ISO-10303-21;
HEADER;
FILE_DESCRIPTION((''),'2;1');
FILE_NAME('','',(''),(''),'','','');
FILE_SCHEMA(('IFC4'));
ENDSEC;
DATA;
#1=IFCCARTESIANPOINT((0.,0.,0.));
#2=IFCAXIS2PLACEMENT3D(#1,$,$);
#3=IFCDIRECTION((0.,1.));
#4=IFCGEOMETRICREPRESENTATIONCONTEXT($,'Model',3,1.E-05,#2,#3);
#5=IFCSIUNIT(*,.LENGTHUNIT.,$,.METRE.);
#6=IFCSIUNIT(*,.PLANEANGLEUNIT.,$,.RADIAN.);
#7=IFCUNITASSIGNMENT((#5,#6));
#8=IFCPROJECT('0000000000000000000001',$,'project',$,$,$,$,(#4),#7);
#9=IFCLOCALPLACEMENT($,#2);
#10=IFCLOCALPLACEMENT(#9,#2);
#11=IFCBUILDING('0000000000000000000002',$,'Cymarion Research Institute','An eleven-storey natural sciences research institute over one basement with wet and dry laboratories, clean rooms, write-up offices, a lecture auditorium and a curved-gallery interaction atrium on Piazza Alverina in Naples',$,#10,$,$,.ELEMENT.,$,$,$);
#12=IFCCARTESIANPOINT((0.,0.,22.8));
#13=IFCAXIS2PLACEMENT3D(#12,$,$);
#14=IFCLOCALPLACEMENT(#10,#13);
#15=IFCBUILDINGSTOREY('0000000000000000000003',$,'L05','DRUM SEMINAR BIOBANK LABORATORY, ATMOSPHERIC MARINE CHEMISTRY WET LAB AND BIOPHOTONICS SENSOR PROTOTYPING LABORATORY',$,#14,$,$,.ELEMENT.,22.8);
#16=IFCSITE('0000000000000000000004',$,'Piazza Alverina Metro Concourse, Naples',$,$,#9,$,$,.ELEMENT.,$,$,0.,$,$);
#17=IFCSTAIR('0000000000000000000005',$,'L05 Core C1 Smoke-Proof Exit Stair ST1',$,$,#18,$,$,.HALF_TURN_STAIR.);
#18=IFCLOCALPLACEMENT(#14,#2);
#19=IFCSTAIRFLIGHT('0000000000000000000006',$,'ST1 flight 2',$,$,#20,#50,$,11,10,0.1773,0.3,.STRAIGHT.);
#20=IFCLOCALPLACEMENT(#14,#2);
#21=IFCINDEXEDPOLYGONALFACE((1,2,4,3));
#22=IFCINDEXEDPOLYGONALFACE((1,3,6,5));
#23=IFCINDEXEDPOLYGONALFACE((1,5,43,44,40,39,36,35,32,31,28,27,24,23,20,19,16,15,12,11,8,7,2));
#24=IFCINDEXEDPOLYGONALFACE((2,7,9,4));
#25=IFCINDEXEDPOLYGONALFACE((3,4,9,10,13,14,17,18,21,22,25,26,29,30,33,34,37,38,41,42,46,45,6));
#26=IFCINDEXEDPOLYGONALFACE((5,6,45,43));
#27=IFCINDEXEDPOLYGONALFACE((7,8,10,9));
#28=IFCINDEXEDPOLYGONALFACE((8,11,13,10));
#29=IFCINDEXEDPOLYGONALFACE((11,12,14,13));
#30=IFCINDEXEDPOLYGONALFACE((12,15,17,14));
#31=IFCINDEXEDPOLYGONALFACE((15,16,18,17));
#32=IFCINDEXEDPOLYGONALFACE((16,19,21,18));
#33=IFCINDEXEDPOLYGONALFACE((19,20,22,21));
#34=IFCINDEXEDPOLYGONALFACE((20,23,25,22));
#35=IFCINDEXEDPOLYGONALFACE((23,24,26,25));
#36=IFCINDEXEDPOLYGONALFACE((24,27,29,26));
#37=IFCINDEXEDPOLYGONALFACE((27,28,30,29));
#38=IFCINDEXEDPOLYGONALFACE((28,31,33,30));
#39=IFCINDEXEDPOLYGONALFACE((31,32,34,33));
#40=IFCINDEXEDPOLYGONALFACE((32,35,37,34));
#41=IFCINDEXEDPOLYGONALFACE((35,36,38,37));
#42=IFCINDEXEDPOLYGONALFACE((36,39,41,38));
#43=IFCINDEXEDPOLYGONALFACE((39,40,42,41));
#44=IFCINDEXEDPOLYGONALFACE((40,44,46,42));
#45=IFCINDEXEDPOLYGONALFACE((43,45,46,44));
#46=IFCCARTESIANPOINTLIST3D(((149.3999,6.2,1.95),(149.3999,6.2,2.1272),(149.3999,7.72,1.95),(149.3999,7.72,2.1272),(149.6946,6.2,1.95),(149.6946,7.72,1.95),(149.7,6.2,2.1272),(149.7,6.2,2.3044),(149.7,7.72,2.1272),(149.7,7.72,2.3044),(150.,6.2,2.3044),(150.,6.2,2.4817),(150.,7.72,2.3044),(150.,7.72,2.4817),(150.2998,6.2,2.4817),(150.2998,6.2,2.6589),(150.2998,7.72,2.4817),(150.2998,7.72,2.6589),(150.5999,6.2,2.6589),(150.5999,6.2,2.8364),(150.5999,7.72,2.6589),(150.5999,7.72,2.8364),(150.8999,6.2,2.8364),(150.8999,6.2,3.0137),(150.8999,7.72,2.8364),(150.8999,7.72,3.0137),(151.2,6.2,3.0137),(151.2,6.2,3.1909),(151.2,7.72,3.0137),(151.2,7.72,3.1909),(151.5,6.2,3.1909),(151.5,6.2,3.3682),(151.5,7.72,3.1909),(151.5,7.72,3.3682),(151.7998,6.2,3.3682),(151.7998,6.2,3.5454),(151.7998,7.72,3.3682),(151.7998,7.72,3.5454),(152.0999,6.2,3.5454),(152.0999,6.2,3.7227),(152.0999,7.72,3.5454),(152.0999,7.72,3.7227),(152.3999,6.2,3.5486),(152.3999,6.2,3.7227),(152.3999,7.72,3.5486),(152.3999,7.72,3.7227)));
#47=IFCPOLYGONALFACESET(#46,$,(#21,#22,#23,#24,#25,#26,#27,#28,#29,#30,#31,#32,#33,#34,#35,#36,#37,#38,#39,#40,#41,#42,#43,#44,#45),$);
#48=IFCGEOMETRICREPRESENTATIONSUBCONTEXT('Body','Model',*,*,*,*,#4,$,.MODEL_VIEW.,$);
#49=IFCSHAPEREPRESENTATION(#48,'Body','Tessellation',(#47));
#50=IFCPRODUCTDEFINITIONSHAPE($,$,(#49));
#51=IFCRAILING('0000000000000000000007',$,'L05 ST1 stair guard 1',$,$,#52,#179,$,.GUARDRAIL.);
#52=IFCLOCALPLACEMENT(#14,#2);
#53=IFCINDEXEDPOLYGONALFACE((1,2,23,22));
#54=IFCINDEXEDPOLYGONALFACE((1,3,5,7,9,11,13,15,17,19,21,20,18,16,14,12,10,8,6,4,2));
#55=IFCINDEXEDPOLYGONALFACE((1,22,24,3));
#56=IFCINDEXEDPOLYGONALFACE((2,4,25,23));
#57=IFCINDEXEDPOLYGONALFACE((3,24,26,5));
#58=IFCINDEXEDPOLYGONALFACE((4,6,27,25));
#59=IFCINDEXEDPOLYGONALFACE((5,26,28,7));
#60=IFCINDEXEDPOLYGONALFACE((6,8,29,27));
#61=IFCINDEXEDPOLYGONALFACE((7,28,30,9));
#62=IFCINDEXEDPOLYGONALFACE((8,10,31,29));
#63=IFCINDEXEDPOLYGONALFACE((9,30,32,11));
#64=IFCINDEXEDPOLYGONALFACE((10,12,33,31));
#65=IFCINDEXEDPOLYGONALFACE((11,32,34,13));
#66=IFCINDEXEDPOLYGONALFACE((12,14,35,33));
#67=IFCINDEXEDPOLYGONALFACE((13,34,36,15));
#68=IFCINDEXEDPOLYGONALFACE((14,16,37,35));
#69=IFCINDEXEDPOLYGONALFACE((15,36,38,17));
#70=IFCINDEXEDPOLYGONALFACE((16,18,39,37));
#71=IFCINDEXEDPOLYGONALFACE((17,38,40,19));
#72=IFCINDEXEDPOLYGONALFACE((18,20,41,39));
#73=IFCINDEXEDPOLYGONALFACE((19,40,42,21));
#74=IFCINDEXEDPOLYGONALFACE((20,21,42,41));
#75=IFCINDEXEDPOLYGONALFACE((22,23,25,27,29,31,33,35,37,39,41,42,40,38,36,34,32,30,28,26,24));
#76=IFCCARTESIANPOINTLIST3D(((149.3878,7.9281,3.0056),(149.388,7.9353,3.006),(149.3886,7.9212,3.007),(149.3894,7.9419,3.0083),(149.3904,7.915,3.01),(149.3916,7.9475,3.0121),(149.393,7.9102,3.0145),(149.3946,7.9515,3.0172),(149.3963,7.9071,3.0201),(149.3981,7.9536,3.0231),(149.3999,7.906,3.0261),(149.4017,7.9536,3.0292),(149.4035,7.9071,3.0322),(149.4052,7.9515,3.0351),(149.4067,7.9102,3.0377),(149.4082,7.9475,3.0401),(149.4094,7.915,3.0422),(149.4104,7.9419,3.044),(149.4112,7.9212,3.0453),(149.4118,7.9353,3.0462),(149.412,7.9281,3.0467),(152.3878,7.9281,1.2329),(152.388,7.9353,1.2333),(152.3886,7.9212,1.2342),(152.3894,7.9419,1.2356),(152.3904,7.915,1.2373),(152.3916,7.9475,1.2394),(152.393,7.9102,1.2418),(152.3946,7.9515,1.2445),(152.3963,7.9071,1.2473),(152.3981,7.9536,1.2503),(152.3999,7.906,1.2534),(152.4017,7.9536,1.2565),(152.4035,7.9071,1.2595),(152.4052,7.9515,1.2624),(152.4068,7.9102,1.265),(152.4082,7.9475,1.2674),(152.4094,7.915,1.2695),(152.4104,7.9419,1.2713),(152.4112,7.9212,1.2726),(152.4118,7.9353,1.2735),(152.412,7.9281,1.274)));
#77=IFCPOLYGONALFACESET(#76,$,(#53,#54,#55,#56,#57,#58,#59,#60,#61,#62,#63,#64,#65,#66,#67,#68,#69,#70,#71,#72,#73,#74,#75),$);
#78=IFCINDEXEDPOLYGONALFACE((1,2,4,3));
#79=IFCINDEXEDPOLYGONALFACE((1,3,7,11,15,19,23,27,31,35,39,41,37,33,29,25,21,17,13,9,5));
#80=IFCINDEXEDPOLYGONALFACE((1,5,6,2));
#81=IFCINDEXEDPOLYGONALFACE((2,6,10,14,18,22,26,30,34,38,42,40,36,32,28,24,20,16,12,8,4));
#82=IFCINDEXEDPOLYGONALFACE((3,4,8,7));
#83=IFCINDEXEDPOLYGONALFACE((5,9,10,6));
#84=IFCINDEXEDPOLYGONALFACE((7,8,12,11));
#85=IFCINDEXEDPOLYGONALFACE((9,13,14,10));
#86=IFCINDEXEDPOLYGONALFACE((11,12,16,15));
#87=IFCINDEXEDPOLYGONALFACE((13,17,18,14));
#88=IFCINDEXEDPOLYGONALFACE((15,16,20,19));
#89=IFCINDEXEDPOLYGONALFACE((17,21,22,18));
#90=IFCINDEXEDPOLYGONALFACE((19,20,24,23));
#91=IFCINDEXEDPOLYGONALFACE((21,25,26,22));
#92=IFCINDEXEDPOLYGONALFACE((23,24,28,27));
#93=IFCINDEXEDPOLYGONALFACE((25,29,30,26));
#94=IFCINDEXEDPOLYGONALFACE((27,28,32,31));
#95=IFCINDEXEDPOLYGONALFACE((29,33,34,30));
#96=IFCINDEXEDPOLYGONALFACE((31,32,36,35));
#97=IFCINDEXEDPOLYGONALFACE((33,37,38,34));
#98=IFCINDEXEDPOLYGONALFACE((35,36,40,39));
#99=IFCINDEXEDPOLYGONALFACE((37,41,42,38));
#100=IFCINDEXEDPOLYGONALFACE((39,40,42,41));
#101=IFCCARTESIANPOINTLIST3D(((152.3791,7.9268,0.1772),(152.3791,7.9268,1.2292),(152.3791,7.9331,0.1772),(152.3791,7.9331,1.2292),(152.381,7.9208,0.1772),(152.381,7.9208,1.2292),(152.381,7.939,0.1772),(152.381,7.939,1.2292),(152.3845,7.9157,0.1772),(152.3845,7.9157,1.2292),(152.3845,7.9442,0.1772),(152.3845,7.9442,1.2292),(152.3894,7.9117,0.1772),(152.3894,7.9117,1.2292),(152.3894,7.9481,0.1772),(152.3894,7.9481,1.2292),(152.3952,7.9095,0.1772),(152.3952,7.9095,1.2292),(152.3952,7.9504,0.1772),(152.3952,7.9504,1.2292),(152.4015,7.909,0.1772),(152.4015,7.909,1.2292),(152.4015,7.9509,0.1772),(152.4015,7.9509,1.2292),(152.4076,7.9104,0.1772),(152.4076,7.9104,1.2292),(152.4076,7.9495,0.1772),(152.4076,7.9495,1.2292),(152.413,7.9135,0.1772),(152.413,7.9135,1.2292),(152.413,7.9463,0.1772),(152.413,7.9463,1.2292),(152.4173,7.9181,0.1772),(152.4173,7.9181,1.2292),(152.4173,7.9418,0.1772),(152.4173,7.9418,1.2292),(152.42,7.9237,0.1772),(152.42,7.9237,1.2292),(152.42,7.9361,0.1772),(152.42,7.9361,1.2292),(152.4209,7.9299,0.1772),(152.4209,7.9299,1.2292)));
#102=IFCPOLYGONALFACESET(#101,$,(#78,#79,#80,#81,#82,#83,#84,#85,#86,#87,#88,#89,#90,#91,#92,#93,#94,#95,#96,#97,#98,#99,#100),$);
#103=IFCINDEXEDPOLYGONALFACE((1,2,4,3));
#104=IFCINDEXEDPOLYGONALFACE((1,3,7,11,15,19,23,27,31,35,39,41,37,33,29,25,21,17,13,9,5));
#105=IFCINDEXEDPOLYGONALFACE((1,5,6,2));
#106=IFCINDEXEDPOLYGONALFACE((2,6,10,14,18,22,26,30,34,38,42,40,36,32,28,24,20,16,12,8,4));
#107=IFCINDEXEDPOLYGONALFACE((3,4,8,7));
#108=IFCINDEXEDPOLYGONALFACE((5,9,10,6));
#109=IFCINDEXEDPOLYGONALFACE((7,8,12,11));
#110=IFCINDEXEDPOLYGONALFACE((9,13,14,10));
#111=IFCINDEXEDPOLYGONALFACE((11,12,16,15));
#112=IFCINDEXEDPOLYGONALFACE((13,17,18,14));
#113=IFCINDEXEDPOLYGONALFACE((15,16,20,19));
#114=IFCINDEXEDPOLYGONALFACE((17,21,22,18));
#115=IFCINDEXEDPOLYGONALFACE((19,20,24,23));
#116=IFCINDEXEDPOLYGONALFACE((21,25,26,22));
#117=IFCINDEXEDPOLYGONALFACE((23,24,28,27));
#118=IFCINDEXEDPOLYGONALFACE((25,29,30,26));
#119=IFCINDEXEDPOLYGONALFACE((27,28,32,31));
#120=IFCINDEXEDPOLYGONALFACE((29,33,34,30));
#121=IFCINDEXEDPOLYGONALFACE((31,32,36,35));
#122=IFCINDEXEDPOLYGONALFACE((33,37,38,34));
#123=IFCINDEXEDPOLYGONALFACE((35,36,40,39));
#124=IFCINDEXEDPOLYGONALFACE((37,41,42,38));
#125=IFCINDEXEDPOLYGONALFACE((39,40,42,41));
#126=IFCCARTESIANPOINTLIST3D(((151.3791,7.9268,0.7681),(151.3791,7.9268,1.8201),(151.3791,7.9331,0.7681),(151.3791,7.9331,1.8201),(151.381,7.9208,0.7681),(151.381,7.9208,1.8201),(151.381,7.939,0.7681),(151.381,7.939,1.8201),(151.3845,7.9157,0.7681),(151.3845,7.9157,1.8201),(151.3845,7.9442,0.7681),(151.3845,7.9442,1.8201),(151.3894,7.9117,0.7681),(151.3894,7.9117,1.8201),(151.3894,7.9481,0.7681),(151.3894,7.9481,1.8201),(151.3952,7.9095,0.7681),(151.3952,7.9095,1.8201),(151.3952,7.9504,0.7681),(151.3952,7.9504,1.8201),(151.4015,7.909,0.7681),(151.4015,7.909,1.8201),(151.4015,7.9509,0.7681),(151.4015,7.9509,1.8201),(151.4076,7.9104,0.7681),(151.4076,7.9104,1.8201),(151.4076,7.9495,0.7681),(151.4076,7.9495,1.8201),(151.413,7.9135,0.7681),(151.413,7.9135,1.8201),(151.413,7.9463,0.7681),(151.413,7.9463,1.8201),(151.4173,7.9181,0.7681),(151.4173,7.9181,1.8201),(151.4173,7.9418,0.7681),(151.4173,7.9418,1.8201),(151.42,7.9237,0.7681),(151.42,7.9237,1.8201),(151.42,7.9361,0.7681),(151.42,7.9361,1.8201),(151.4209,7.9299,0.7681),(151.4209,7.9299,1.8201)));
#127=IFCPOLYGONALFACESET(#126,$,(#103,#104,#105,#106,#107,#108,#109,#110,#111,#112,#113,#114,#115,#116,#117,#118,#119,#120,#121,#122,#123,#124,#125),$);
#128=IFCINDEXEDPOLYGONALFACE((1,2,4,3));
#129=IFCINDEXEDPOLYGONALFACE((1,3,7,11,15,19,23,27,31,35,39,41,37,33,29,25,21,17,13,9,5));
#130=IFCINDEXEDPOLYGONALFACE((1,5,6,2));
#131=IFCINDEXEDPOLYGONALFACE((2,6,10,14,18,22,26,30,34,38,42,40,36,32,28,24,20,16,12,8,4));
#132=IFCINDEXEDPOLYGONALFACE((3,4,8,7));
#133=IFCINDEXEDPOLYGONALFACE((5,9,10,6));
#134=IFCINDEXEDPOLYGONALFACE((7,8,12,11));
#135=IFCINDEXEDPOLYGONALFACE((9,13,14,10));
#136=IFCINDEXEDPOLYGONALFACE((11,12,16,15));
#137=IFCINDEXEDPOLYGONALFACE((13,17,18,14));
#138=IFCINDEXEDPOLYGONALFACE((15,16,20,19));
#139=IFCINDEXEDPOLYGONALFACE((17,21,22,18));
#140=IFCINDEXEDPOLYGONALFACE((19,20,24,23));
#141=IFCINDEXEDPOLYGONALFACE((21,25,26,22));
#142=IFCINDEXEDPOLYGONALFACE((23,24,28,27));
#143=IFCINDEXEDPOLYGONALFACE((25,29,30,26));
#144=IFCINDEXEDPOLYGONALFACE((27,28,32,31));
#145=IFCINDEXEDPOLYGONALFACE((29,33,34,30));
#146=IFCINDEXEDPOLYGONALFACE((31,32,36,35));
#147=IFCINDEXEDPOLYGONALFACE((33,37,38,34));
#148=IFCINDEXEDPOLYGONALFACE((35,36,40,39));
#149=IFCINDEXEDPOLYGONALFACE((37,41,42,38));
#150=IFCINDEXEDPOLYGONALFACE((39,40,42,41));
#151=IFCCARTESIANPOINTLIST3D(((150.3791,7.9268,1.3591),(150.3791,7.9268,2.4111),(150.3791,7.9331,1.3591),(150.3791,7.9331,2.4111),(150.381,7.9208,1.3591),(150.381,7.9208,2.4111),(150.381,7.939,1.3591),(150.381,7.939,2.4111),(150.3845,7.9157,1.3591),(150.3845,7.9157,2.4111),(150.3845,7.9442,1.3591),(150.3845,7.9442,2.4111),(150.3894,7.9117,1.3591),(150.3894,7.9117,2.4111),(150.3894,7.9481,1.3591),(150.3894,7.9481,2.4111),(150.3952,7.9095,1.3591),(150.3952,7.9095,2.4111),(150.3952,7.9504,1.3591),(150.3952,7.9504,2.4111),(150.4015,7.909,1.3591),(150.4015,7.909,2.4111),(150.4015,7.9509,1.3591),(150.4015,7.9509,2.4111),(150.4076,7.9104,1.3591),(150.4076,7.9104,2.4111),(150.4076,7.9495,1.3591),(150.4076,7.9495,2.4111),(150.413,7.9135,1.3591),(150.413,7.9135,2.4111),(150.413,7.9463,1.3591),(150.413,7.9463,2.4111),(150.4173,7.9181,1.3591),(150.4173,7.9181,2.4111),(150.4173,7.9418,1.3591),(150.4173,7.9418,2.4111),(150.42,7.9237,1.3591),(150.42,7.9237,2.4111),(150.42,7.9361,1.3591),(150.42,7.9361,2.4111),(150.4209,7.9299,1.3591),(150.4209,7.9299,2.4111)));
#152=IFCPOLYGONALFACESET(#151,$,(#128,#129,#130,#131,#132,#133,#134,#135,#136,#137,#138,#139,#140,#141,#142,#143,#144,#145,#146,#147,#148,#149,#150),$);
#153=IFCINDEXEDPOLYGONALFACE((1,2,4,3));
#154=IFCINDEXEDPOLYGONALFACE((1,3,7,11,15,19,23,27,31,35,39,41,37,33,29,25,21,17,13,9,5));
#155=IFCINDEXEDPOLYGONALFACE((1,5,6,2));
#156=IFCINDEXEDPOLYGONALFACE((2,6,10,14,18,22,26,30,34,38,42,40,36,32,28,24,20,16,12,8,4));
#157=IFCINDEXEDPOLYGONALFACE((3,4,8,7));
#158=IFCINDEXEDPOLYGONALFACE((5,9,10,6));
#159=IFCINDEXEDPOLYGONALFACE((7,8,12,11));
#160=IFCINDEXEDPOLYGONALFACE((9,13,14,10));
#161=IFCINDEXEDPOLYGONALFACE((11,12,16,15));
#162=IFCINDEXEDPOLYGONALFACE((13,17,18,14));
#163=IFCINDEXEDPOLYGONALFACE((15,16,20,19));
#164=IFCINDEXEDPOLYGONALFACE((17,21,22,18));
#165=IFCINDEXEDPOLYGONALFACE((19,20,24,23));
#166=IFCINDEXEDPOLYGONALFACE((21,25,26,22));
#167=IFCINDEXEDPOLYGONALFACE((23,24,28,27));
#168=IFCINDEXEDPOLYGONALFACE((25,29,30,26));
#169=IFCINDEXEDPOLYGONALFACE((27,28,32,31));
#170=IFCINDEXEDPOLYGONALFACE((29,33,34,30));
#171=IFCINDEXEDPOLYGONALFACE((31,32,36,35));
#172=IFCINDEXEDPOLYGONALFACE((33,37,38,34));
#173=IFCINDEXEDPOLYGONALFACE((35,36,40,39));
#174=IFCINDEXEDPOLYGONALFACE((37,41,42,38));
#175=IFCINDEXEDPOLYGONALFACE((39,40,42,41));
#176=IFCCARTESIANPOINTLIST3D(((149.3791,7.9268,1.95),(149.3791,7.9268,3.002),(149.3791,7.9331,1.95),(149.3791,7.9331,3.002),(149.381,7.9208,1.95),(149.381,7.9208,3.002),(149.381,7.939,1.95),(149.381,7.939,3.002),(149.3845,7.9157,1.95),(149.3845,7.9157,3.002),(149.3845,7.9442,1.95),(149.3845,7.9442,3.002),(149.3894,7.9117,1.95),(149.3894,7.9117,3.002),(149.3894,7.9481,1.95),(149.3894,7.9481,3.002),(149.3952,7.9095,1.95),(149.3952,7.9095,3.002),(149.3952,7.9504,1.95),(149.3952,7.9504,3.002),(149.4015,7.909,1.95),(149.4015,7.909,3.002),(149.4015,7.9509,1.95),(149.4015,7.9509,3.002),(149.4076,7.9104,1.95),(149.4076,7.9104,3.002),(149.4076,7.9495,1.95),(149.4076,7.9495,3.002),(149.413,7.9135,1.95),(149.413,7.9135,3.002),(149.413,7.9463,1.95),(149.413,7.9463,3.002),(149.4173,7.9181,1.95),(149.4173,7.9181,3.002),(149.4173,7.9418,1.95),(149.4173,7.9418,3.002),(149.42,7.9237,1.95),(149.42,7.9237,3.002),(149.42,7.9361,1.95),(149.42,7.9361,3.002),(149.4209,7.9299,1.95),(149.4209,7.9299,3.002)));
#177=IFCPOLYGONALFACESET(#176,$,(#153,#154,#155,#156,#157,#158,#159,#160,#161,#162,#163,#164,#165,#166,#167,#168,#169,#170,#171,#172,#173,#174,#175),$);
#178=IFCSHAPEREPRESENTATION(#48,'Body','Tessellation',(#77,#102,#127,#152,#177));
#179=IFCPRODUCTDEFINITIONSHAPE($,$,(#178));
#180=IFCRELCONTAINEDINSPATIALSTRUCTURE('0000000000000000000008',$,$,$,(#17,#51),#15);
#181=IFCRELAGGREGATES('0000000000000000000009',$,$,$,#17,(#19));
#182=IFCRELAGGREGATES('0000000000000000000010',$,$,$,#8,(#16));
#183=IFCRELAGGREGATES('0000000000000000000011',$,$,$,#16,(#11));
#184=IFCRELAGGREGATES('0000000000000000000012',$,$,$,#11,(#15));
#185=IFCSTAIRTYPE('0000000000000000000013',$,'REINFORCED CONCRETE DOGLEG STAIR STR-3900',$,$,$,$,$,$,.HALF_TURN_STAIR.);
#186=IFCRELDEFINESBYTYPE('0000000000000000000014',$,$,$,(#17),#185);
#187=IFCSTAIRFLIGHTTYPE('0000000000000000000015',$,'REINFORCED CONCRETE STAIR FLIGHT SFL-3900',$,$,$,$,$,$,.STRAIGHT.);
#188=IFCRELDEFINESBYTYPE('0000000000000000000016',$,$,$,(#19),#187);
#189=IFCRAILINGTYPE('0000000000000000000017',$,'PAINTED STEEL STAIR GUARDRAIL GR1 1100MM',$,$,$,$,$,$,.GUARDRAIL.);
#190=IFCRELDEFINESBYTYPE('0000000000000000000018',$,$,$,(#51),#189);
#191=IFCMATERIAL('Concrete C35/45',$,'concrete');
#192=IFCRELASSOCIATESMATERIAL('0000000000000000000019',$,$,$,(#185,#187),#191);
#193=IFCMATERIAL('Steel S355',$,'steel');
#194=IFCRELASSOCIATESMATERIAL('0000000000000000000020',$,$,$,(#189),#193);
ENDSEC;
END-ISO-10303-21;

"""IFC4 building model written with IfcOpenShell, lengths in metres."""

from ifc_helpers import new_model, si_unit, direction, frame, origin, origin_2d, place, context, subcontext, project, spatial, polyline, circle, outline, extrude, material, type_object, element, aggregate, save


model = new_model("IFC4")

# Units and contexts
model_context = context("Model", 3, precision=1e-05, world=origin(), true_north=direction((0.0, 1.0)))
body_context = subcontext(model_context, "Body", "Model", "MODEL_VIEW")
ifc_project = project(units=[si_unit("LENGTHUNIT", "METRE"), si_unit("PLANEANGLEUNIT", "RADIAN")], contexts=[model_context])

# Site, building, storey
site_placement = place(None, origin())
site = spatial("IfcSite", under=ifc_project, at=site_placement, Name="Piazza Alverina Metro Concourse, Naples", CompositionType="ELEMENT", RefElevation=0.0)
building_placement = place(site_placement, origin())
building = spatial("IfcBuilding", under=site, at=building_placement, Name="Cymarion Research Institute", Description="An eleven-storey natural sciences research institute over one basement with wet and dry laboratories, clean rooms, write-up offices, a lecture auditorium and a curved-gallery interaction atrium on Piazza Alverina in Naples", CompositionType="ELEMENT")
storey_placement = place(building_placement, frame((0.0, 0.0, 22.8)))
storey = spatial("IfcBuildingStorey", under=building, at=storey_placement, Name="L05", Description="DRUM SEMINAR BIOBANK LABORATORY, ATMOSPHERIC MARINE CHEMISTRY WET LAB AND BIOPHOTONICS SENSOR PROTOTYPING LABORATORY", CompositionType="ELEMENT", Elevation=22.8)

# Shared definitions
ifc_material_1 = material(Name="Steel S355", Category="steel")

# Stair, stair flight
ifc_material_2 = material(Name="Concrete C35/45", Category="concrete")
stair_type = type_object("IfcStairType", Name="REINFORCED CONCRETE DOGLEG STAIR STR-3900", PredefinedType="HALF_TURN_STAIR", material=ifc_material_2)
stair_placement = place(storey_placement, origin())
stair = element("IfcStair", 1, at=stair_placement, inside=storey, type_object=stair_type, Name="L05 Core C1 Smoke-Proof Exit Stair ST1", PredefinedType="HALF_TURN_STAIR")
stair_flight_type = type_object("IfcStairFlightType", Name="REINFORCED CONCRETE STAIR FLIGHT SFL-3900", PredefinedType="STRAIGHT", material=ifc_material_2)
stair_flight_1_placement = place(storey_placement, frame((149.3999, 6.96, 1.95), z_axis=(0.0, 0.0, 1.0), x_axis=(1.0, 0.0, 0.0)))
stair_flight_1 = element("IfcStairFlight", 2, at=stair_flight_1_placement, type_object=stair_flight_type, Name="ST1 flight 2", NumberOfRisers=11, NumberOfTreads=10, PredefinedType="STRAIGHT", RiserHeight=0.1773, TreadLength=0.3, context=body_context, shape_type="SweptSolid", body=[
    extrude(outline(polyline([(0.0, 0.0), (0.0, 0.1772), (0.3, 0.1772), (0.3, 0.3545), (0.6001, 0.3545), (0.6001, 0.5317), (0.8999, 0.5317), (0.8999, 0.709), (1.2, 0.709), (1.2, 0.8865), (1.5, 0.8865), (1.5, 1.0637), (1.8, 1.0637), (1.8, 1.241), (2.1001, 1.241), (2.1001, 1.4182), (2.3999, 1.4182), (2.3999, 1.5955), (2.7, 1.5955), (2.7, 1.7727), (3.0, 1.7727), (3.0, 1.95), (3.0, 1.5986), (0.2947, 0.0), (0.0, 0.0)])), frame((0.0, 0.76, 0.0), z_axis=(0.0, -1.0, 0.0), x_axis=(1.0, 0.0, 0.0)), (0.0, 0.0, 1.0), 1.52),
])
aggregate(stair, [stair_flight_1])

# Railing
railing_type_1 = type_object("IfcRailingType", Name="PAINTED STEEL STAIR GUARDRAIL GR1 1100MM", PredefinedType="GUARDRAIL", material=ifc_material_1)
railing_1_placement = place(storey_placement, frame((152.3999, 7.9299, 0.1772)))
element("IfcRailing", 3, at=railing_1_placement, inside=storey, type_object=railing_type_1, Name="L05 ST1 stair guard 1", PredefinedType="GUARDRAIL", context=body_context, shape_type="SweptSolid", body=[
    extrude(circle(Radius=0.0239, at=origin_2d()), frame((0.0, 0.0, 1.0762), z_axis=(-0.860929, 0.0, 0.508725), x_axis=(0.0, -1.0, 0.0)), (0.0, 0.0, 1.0), 3.4846),
    extrude(circle(Radius=0.021, at=origin_2d()), origin(), (0.0, 0.0, 1.0), 1.052),
    extrude(circle(Radius=0.021, at=origin_2d()), frame((-1.0, 0.0, 0.5908)), (0.0, 0.0, 1.0), 1.052),
    extrude(circle(Radius=0.021, at=origin_2d()), frame((-2.0, 0.0, 1.1819)), (0.0, 0.0, 1.0), 1.052),
    extrude(circle(Radius=0.021, at=origin_2d()), frame((-3.0, 0.0, 1.7727)), (0.0, 0.0, 1.0), 1.052),
])

save(model, "model.ifc")
